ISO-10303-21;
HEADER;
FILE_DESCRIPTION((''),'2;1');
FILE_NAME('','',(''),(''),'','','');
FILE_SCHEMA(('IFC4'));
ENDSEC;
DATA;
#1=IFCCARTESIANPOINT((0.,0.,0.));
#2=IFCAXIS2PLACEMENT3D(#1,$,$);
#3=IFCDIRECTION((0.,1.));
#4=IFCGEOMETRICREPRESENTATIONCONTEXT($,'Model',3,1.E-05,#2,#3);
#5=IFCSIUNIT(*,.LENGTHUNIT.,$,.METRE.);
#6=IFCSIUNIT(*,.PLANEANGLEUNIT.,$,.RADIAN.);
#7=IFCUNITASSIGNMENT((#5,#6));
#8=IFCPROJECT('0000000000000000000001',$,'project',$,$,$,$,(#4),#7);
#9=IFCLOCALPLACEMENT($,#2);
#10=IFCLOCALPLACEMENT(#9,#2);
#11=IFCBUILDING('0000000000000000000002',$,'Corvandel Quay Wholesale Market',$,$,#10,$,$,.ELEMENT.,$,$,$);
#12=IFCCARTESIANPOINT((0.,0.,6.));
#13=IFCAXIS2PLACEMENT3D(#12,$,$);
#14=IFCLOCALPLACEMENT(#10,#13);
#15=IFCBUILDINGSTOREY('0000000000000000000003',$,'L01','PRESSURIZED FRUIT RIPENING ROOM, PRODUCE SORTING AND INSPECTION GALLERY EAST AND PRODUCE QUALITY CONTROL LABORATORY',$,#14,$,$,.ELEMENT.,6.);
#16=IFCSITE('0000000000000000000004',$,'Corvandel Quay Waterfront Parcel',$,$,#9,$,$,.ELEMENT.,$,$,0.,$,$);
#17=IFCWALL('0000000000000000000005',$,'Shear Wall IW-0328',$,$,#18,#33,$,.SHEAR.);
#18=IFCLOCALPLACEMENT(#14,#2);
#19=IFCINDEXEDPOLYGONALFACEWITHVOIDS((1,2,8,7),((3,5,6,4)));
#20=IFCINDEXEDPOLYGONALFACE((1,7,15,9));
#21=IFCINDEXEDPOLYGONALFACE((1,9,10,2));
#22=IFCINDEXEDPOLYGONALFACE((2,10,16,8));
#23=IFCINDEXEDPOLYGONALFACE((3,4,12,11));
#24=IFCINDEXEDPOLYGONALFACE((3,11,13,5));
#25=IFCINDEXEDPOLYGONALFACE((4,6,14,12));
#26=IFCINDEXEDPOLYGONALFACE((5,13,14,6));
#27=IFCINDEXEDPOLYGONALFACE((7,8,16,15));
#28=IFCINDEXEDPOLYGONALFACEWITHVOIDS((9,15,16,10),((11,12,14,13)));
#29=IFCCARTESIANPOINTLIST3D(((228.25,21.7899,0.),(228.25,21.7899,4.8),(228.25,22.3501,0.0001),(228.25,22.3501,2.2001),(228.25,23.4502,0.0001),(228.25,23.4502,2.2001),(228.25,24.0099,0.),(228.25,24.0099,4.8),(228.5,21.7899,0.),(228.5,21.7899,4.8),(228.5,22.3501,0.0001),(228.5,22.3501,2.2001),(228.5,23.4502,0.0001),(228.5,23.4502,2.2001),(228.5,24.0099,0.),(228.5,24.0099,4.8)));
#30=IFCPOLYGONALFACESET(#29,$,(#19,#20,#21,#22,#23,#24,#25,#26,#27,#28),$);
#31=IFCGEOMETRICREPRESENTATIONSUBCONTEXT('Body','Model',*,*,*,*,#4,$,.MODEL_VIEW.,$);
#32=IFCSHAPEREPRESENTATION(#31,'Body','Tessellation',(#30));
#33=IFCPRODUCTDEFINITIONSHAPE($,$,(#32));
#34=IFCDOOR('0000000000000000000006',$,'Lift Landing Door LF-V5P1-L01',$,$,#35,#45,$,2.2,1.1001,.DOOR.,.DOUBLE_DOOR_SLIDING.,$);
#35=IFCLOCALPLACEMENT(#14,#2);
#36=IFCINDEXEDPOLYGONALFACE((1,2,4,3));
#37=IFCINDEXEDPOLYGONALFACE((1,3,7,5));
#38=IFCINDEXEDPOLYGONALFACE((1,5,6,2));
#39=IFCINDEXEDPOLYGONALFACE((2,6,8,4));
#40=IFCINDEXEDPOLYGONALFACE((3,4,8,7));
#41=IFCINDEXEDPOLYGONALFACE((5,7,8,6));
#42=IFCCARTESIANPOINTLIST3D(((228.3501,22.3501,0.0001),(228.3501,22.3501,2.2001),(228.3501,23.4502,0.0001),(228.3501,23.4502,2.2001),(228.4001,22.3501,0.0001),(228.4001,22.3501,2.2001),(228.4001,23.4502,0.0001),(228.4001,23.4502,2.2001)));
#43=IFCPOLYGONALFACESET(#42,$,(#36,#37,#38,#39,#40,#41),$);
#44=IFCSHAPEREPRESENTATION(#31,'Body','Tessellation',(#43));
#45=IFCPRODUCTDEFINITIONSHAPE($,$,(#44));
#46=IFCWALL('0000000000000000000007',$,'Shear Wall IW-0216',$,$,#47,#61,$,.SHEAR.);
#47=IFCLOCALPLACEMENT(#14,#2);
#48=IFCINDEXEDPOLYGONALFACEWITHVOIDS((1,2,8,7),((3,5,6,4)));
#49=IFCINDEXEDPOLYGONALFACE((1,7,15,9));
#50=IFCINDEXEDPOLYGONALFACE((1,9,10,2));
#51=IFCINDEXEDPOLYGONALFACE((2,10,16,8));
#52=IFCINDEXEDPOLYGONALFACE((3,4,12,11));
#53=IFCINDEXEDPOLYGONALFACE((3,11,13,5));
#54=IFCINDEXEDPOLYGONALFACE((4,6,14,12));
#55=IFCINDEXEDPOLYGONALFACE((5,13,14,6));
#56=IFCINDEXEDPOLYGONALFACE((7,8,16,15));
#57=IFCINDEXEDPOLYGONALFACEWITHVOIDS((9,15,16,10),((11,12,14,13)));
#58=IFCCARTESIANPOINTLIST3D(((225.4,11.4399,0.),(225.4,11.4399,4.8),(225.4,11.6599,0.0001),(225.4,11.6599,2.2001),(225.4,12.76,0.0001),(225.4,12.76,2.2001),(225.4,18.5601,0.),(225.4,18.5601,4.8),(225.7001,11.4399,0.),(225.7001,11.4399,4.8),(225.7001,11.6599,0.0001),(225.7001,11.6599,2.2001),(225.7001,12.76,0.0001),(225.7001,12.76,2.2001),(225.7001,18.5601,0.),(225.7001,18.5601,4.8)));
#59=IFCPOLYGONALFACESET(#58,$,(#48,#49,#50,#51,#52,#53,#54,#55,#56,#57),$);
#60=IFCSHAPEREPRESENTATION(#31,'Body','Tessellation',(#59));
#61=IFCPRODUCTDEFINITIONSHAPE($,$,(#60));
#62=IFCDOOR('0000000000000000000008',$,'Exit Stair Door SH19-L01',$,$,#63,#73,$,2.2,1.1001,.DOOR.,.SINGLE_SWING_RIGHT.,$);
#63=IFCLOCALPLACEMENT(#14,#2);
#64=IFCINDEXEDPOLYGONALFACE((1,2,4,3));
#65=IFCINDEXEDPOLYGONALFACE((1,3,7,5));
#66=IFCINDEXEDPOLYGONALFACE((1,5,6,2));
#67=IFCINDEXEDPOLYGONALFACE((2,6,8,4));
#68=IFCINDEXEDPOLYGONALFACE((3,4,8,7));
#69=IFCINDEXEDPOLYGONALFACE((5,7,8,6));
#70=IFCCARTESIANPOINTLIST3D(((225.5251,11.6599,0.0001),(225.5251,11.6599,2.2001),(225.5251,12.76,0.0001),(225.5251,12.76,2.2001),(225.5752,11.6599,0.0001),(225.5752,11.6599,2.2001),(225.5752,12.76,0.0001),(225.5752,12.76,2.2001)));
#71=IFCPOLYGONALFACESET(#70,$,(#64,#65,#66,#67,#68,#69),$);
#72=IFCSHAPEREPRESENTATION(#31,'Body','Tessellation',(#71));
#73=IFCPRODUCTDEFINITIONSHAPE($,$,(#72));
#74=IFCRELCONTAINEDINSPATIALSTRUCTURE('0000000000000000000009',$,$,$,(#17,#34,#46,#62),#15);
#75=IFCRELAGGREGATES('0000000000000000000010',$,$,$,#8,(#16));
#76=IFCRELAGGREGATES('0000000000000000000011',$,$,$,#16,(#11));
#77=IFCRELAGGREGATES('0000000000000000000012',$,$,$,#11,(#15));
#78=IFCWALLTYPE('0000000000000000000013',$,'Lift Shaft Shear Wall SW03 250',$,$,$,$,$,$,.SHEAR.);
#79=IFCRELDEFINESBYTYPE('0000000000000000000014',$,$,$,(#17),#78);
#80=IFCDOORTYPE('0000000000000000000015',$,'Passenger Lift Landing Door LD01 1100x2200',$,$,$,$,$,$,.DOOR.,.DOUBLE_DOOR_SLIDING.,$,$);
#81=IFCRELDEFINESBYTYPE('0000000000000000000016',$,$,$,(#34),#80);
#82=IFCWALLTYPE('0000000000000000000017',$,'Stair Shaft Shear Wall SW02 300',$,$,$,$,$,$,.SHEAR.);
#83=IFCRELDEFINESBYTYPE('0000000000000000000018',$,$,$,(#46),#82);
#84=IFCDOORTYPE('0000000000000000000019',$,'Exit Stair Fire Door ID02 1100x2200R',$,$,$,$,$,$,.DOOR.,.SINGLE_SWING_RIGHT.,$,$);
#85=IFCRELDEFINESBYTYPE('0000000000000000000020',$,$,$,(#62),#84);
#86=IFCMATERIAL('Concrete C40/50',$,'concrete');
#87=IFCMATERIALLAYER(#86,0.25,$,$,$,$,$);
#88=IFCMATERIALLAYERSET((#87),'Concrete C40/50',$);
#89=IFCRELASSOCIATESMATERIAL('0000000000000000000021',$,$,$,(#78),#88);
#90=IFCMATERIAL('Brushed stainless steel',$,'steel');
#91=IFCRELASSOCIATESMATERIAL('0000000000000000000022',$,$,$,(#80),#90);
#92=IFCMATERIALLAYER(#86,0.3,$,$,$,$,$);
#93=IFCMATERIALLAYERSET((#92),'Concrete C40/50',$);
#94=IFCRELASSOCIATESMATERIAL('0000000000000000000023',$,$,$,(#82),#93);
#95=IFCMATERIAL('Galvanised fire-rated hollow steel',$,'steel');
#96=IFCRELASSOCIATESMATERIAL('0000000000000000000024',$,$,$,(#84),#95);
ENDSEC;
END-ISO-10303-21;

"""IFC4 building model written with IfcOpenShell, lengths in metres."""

from ifc_helpers import new_model, si_unit, direction, frame, frame_2d, origin, place, context, subcontext, project, spatial, rectangle, extrude, material, layer, layer_set, type_object, element, fill, save


model = new_model("IFC4")

# Units and contexts
model_context = context("Model", 3, precision=1e-05, world=origin(), true_north=direction((0.0, 1.0)))
body_context = subcontext(model_context, "Body", "Model", "MODEL_VIEW")
ifc_project = project(units=[si_unit("LENGTHUNIT", "METRE"), si_unit("PLANEANGLEUNIT", "RADIAN")], contexts=[model_context])

# Site, building, storey
site_placement = place(None, origin())
site = spatial("IfcSite", under=ifc_project, at=site_placement, Name="Corvandel Quay Waterfront Parcel", CompositionType="ELEMENT", RefElevation=0.0)
building_placement = place(site_placement, origin())
building = spatial("IfcBuilding", under=site, at=building_placement, Name="Corvandel Quay Wholesale Market", CompositionType="ELEMENT")
storey_placement = place(building_placement, frame((0.0, 0.0, 6.0)))
storey = spatial("IfcBuildingStorey", under=building, at=storey_placement, Name="L01", Description="PRESSURIZED FRUIT RIPENING ROOM, PRODUCE SORTING AND INSPECTION GALLERY EAST AND PRODUCE QUALITY CONTROL LABORATORY", CompositionType="ELEMENT", Elevation=6.0)

# Shared definitions
ifc_material_1 = material(Name="Concrete C40/50", Category="concrete")

# Shared definitions
ifc_layer_1 = layer(ifc_material_1, 0.25)
ifc_layer_set_1 = layer_set([ifc_layer_1], Name="Concrete C40/50")
wall_type_1 = type_object("IfcWallType", Name="Lift Shaft Shear Wall SW03 250", PredefinedType="SHEAR", material=ifc_layer_set_1)

# Walls, openings, doors
wall_1_placement = place(storey_placement, frame((228.375, 21.79, 0.0), z_axis=(0.0, 0.0, 1.0), x_axis=(0.0, 1.0, 0.0)))
wall_1 = element("IfcWall", 1, at=wall_1_placement, inside=storey, type_object=wall_type_1, Name="Shear Wall IW-0328", PredefinedType="SHEAR", context=body_context, shape_type="SweptSolid", body=[
    extrude(rectangle(XDim=2.22, YDim=0.25, at=frame_2d((1.1099, 0.0))), origin(), (0.0, 0.0, 1.0), 4.8),
])
opening_1_placement = place(wall_1_placement, frame((0.5601, 0.0, 0.0)))
opening_1 = element("IfcOpeningElement", 2, at=opening_1_placement, cuts=wall_1, PredefinedType="OPENING", context=body_context, shape_type="SweptSolid", body=[
    extrude(rectangle(XDim=1.1001, YDim=2.2, at=frame_2d((0.55, 1.1001))), frame((0.0, 0.135, 0.0), z_axis=(0.0, -1.0, 0.0), x_axis=(1.0, 0.0, 0.0)), (0.0, 0.0, 1.0), 0.27),
])
ifc_material_2 = material(Name="Brushed stainless steel", Category="steel")
door_type_1 = type_object("IfcDoorType", Name="Passenger Lift Landing Door LD01 1100x2200", OperationType="DOUBLE_DOOR_SLIDING", PredefinedType="DOOR", material=ifc_material_2)
door_1_placement = place(opening_1_placement, origin())
door_1 = element("IfcDoor", 3, at=door_1_placement, inside=storey, type_object=door_type_1, Name="Lift Landing Door LF-V5P1-L01", OperationType="DOUBLE_DOOR_SLIDING", OverallHeight=2.2, OverallWidth=1.1001, PredefinedType="DOOR", context=body_context, shape_type="SweptSolid", body=[
    extrude(rectangle(XDim=1.1001, YDim=2.2, at=frame_2d((0.55, 1.1001))), frame((0.0, 0.0249, 0.0), z_axis=(0.0, -1.0, 0.0), x_axis=(1.0, 0.0, 0.0)), (0.0, 0.0, 1.0), 0.05),
])
fill(opening_1, door_1)
ifc_layer_2 = layer(ifc_material_1, 0.3)
ifc_layer_set_2 = layer_set([ifc_layer_2], Name="Concrete C40/50")
wall_type_2 = type_object("IfcWallType", Name="Stair Shaft Shear Wall SW02 300", PredefinedType="SHEAR", material=ifc_layer_set_2)
wall_2_placement = place(storey_placement, frame((225.55, 11.4399, 0.0), z_axis=(0.0, 0.0, 1.0), x_axis=(0.0, 1.0, 0.0)))
wall_2 = element("IfcWall", 4, at=wall_2_placement, inside=storey, type_object=wall_type_2, Name="Shear Wall IW-0216", PredefinedType="SHEAR", context=body_context, shape_type="SweptSolid", body=[
    extrude(rectangle(XDim=7.1201, YDim=0.3, at=frame_2d((3.5601, 0.0))), origin(), (0.0, 0.0, 1.0), 4.8),
])
opening_2_placement = place(wall_2_placement, frame((0.22, 0.0, 0.0)))
opening_2 = element("IfcOpeningElement", 5, at=opening_2_placement, cuts=wall_2, PredefinedType="OPENING", context=body_context, shape_type="SweptSolid", body=[
    extrude(rectangle(XDim=1.1001, YDim=2.2, at=frame_2d((0.55, 1.1001))), frame((0.0, 0.1599, 0.0), z_axis=(0.0, -1.0, 0.0), x_axis=(1.0, 0.0, 0.0)), (0.0, 0.0, 1.0), 0.3201),
])
ifc_material_3 = material(Name="Galvanised fire-rated hollow steel", Category="steel")
door_type_2 = type_object("IfcDoorType", Name="Exit Stair Fire Door ID02 1100x2200R", OperationType="SINGLE_SWING_RIGHT", PredefinedType="DOOR", material=ifc_material_3)
door_2_placement = place(opening_2_placement, origin())
door_2 = element("IfcDoor", 6, at=door_2_placement, inside=storey, type_object=door_type_2, Name="Exit Stair Door SH19-L01", OperationType="SINGLE_SWING_RIGHT", OverallHeight=2.2, OverallWidth=1.1001, PredefinedType="DOOR", context=body_context, shape_type="SweptSolid", body=[
    extrude(rectangle(XDim=1.1001, YDim=2.2, at=frame_2d((0.55, 1.1001))), frame((0.0, 0.0249, 0.0), z_axis=(0.0, -1.0, 0.0), x_axis=(1.0, 0.0, 0.0)), (0.0, 0.0, 1.0), 0.05),
])
fill(opening_2, door_2)

save(model, "model.ifc")
